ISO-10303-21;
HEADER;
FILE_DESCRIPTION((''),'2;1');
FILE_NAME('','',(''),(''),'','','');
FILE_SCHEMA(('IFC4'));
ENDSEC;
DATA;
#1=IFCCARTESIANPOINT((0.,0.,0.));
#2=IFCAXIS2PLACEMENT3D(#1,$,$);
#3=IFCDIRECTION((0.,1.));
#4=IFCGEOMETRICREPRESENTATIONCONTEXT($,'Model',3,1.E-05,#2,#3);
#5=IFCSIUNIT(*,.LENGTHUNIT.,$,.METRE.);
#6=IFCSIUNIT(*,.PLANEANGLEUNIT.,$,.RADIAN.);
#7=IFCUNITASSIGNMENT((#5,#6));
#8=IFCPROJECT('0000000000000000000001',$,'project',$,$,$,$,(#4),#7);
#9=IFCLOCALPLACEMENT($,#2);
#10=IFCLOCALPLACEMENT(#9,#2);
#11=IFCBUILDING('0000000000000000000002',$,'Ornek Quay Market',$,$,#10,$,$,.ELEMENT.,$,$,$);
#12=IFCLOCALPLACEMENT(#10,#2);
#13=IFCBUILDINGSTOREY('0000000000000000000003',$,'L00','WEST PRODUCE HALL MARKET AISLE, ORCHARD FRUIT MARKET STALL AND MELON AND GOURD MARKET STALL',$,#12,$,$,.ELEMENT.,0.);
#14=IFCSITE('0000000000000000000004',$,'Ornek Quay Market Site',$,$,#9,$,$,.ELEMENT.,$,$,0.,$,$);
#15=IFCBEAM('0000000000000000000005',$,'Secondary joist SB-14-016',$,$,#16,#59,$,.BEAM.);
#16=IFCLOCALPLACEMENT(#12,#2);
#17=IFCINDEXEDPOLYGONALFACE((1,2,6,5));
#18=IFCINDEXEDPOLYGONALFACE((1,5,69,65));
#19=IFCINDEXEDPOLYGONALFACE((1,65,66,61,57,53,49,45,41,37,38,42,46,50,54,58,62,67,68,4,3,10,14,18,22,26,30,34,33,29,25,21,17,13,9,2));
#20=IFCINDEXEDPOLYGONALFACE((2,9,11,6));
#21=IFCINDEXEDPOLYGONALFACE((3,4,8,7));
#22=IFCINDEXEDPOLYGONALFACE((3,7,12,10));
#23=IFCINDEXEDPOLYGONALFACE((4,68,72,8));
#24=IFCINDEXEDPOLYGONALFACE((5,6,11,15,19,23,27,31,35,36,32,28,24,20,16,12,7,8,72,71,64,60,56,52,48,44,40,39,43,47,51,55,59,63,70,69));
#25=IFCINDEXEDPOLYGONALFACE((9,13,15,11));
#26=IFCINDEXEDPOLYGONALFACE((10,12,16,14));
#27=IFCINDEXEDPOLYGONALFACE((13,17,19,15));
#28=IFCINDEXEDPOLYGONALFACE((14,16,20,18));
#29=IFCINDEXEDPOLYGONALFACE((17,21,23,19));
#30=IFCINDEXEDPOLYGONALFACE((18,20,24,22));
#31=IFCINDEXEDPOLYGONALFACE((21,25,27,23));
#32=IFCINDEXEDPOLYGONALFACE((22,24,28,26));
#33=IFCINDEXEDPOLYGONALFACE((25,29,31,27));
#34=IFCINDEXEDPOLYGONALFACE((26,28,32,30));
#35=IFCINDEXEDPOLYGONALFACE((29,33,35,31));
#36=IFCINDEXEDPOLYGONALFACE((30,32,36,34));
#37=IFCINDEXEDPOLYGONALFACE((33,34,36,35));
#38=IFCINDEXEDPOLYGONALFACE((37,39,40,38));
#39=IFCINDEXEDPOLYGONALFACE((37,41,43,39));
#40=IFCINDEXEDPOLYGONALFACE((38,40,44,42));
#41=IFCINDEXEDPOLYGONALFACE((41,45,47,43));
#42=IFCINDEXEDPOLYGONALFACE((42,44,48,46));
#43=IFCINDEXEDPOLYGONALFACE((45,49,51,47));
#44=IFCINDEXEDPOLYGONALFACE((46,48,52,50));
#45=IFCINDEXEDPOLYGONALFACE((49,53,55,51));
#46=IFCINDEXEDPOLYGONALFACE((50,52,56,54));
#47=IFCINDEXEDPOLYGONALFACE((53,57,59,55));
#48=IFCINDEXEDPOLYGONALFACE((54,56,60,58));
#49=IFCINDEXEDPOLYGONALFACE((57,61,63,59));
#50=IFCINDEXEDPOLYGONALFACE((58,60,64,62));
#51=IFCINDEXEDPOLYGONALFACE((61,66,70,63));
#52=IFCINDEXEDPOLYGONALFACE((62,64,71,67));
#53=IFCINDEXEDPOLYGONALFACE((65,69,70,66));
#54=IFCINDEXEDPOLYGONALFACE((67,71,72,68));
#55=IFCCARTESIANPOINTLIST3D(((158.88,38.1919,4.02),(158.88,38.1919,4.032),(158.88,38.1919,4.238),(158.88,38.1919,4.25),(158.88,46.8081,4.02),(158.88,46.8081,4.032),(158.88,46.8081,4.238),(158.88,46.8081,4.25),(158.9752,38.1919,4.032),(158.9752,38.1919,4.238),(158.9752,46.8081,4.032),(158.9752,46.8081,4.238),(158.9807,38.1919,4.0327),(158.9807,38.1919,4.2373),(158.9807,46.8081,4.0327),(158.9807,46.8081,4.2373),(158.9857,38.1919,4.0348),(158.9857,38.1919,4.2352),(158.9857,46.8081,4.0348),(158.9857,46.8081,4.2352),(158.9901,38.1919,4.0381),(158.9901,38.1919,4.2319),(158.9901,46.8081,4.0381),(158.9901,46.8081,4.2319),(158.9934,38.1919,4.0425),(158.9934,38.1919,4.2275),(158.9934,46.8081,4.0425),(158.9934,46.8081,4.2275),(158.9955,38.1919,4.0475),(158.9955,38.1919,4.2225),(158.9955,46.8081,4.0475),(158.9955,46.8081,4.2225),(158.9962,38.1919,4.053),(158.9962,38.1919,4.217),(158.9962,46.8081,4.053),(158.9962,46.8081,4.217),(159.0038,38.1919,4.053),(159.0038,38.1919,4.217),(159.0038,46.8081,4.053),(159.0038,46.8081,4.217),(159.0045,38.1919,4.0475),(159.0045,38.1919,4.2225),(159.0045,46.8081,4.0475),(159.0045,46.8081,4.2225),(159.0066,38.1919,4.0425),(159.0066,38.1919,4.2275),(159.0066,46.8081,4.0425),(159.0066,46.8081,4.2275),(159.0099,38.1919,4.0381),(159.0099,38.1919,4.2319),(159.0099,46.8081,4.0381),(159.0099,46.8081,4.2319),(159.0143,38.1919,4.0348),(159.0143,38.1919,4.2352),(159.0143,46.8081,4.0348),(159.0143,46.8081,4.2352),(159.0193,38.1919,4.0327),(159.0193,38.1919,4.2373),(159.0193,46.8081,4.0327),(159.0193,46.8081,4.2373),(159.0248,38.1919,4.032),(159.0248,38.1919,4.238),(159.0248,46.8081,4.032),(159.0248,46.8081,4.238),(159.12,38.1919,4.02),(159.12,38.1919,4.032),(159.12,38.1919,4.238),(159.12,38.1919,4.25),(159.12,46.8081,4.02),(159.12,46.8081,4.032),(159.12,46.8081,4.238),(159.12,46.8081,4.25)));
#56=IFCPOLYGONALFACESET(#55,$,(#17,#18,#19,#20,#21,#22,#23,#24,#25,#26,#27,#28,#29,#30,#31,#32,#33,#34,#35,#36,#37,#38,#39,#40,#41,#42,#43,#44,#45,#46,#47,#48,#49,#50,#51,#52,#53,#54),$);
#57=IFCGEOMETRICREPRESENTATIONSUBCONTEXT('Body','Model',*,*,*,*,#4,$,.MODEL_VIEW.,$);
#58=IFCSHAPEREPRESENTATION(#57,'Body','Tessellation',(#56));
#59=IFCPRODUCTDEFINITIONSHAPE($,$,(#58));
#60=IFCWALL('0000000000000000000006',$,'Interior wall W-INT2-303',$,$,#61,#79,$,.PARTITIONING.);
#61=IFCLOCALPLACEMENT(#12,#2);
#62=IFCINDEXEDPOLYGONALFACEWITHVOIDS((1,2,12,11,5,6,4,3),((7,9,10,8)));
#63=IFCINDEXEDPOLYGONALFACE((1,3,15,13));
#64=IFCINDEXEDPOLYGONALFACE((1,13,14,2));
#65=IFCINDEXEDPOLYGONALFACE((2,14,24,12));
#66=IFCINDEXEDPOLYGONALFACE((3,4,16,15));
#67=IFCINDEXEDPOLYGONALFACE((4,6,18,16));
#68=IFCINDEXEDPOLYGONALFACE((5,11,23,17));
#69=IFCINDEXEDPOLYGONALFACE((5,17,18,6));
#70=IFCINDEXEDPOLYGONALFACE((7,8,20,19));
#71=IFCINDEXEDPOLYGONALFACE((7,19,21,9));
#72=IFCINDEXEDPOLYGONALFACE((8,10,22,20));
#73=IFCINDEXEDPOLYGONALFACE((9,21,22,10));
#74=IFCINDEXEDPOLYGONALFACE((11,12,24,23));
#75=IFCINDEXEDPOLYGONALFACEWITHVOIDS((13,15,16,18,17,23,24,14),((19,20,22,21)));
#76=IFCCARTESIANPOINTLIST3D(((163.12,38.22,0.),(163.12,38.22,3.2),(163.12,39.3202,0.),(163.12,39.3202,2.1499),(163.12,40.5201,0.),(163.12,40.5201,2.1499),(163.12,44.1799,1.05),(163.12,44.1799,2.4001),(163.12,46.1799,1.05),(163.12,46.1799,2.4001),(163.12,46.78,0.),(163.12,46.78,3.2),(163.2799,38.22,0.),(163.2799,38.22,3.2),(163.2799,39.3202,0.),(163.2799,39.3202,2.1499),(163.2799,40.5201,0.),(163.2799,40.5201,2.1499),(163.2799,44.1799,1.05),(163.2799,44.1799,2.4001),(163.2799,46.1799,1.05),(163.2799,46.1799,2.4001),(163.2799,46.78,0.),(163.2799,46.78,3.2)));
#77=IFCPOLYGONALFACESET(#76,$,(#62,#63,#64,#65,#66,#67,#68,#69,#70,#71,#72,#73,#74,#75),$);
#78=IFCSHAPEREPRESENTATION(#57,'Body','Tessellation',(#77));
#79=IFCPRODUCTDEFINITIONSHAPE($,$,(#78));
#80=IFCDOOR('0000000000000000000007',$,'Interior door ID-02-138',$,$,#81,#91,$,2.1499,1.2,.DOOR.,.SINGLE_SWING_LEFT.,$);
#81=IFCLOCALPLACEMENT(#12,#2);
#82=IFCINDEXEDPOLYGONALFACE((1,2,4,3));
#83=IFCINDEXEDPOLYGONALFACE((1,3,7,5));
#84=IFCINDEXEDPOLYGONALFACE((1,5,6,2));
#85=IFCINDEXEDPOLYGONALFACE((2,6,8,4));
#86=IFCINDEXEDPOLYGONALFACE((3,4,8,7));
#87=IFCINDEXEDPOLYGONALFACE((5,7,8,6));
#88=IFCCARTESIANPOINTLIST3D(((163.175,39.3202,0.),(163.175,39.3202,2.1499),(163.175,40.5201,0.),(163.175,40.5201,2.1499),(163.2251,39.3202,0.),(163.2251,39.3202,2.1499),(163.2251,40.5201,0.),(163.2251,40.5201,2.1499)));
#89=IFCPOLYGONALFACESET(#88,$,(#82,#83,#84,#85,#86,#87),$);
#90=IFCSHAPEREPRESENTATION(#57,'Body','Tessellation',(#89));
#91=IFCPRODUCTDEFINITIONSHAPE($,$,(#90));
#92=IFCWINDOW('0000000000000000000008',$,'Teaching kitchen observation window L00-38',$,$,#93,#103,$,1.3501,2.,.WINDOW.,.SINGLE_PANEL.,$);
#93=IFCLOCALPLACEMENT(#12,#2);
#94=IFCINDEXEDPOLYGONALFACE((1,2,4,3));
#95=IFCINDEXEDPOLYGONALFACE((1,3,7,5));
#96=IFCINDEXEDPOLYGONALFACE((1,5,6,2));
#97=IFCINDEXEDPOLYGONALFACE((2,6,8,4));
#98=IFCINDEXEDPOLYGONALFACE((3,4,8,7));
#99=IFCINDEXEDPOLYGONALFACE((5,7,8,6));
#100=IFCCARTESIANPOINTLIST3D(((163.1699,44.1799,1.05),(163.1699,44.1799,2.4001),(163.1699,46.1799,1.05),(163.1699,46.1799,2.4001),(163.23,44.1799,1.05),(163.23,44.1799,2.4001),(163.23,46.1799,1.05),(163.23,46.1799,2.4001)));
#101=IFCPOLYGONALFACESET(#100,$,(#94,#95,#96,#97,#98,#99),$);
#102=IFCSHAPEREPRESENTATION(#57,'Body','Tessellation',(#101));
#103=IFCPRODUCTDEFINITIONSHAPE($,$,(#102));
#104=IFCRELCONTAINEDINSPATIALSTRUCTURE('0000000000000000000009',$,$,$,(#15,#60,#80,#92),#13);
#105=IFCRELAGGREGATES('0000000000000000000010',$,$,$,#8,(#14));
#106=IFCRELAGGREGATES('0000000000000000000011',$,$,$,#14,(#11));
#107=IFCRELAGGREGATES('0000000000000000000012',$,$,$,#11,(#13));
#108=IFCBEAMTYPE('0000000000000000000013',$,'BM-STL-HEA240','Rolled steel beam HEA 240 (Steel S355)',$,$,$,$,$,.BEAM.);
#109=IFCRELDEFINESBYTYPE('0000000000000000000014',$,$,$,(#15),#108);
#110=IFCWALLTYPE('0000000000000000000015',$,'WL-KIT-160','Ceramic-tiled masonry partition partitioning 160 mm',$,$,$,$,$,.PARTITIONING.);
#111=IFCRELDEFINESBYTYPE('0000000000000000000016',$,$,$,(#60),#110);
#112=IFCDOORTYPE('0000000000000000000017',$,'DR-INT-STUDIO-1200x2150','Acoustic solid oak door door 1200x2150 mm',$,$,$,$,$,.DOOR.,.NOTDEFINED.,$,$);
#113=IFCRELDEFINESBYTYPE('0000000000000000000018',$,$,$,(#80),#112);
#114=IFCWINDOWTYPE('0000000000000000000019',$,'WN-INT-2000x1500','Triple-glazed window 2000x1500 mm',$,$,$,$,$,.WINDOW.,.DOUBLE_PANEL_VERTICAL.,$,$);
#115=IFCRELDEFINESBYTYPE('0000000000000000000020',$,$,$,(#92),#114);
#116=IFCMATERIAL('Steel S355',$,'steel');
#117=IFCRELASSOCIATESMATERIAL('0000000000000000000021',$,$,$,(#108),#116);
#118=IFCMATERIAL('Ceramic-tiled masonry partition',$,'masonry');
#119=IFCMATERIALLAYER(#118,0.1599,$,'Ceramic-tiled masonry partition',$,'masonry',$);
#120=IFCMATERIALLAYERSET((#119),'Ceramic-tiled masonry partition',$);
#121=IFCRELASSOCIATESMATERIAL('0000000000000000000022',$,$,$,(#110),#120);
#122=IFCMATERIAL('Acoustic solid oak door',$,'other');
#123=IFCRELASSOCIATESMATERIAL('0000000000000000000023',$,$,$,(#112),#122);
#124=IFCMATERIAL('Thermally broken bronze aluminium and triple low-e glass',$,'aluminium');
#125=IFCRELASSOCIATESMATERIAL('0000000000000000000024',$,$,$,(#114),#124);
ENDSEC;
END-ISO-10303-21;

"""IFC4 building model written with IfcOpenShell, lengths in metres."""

from ifc_helpers import new_model, si_unit, direction, frame, frame_2d, origin, origin_2d, place, context, subcontext, project, spatial, rectangle, i_section, extrude, material, layer, layer_set, material_profile, profile_set, type_object, element, fill, save


model = new_model("IFC4")

# Units and contexts
model_context = context("Model", 3, precision=1e-05, world=origin(), true_north=direction((0.0, 1.0)))
body_context = subcontext(model_context, "Body", "Model", "MODEL_VIEW")
ifc_project = project(units=[si_unit("LENGTHUNIT", "METRE"), si_unit("PLANEANGLEUNIT", "RADIAN")], contexts=[model_context])

# Site, building, storey
site_placement = place(None, origin())
site = spatial("IfcSite", under=ifc_project, at=site_placement, Name="Ornek Quay Market Site", CompositionType="ELEMENT", RefElevation=0.0)
building_placement = place(site_placement, origin())
building = spatial("IfcBuilding", under=site, at=building_placement, Name="Ornek Quay Market", CompositionType="ELEMENT")
storey_placement = place(building_placement, origin())
storey = spatial("IfcBuildingStorey", under=building, at=storey_placement, Name="L00", Description="WEST PRODUCE HALL MARKET AISLE, ORCHARD FRUIT MARKET STALL AND MELON AND GOURD MARKET STALL", CompositionType="ELEMENT", Elevation=0.0)

# Beam
ifc_material_1 = material(Name="Steel S355", Category="steel")
ifc_material_profile_1 = material_profile(ifc_material_1, i_section(OverallWidth=0.24, OverallDepth=0.23, WebThickness=0.0076, FlangeThickness=0.012, FilletRadius=0.021, at=origin_2d()), Name="HEA 240", Category="steel")
ifc_profile_set_1 = profile_set([ifc_material_profile_1], Name="Steel S355")
beam_type_1 = type_object("IfcBeamType", Name="BM-STL-HEA240", Description="Rolled steel beam HEA 240 (Steel S355)", PredefinedType="BEAM", material=ifc_profile_set_1)
for number, where, z_axis, x_axis, name in (
    (1, (159.0, 38.1919, 4.135), (0.0, 1.0, 0.0), (-1.0, 0.0, 0.0), "Secondary joist SB-14-016"),
):
    element("IfcBeam", number, at=place(storey_placement, frame(where, z_axis=z_axis, x_axis=x_axis)), inside=storey, type_object=beam_type_1, Name=name, PredefinedType="BEAM", context=body_context, shape_type="SweptSolid", body=[
        extrude(i_section(OverallWidth=0.24, OverallDepth=0.23, WebThickness=0.0076, FlangeThickness=0.012, FilletRadius=0.021, at=origin_2d()), origin(), (0.0, 0.0, 1.0), 8.6162),
    ])

# Wall, openings, door, window
ifc_material_2 = material(Name="Ceramic-tiled masonry partition", Category="masonry")
ifc_layer = layer(ifc_material_2, 0.1599, Name="Ceramic-tiled masonry partition", Category="masonry")
ifc_layer_set = layer_set([ifc_layer], Name="Ceramic-tiled masonry partition")
wall_type = type_object("IfcWallType", Name="WL-KIT-160", Description="Ceramic-tiled masonry partition partitioning 160 mm", PredefinedType="PARTITIONING", material=ifc_layer_set)
wall_placement = place(storey_placement, frame((163.2, 38.22, 0.0), z_axis=(0.0, 0.0, 1.0), x_axis=(0.0, 1.0, 0.0)))
wall = element("IfcWall", 2, at=wall_placement, inside=storey, type_object=wall_type, Name="Interior wall W-INT2-303", PredefinedType="PARTITIONING", context=body_context, shape_type="SweptSolid", body=[
    extrude(rectangle(XDim=8.5601, YDim=0.1599, at=frame_2d((4.28, 0.0))), origin(), (0.0, 0.0, 1.0), 3.2),
])
opening_1_placement = place(wall_placement, frame((1.1001, 0.0, 0.0)))
opening_1 = element("IfcOpeningElement", 3, at=opening_1_placement, cuts=wall, PredefinedType="OPENING", context=body_context, shape_type="SweptSolid", body=[
    extrude(rectangle(XDim=1.2, YDim=2.1499, at=frame_2d((0.6001, 1.075))), frame((0.0, 0.0898, 0.0), z_axis=(0.0, -1.0, 0.0), x_axis=(1.0, 0.0, 0.0)), (0.0, 0.0, 1.0), 0.1799),
])
opening_2_placement = place(wall_placement, frame((5.96, 0.0, 1.05)))
opening_2 = element("IfcOpeningElement", 4, at=opening_2_placement, cuts=wall, PredefinedType="OPENING", context=body_context, shape_type="SweptSolid", body=[
    extrude(rectangle(XDim=2.0, YDim=1.3501, at=frame_2d((1.0, 0.675))), frame((0.0, 0.0898, 0.0), z_axis=(0.0, -1.0, 0.0), x_axis=(1.0, 0.0, 0.0)), (0.0, 0.0, 1.0), 0.1799),
])
ifc_material_3 = material(Name="Acoustic solid oak door", Category="other")
door_type = type_object("IfcDoorType", Name="DR-INT-STUDIO-1200x2150", Description="Acoustic solid oak door door 1200x2150 mm", OperationType="NOTDEFINED", PredefinedType="DOOR", material=ifc_material_3)
door_placement = place(opening_1_placement, origin())
door = element("IfcDoor", 5, at=door_placement, inside=storey, type_object=door_type, Name="Interior door ID-02-138", OperationType="SINGLE_SWING_LEFT", OverallHeight=2.1499, OverallWidth=1.2, PredefinedType="DOOR", context=body_context, shape_type="SweptSolid", body=[
    extrude(rectangle(XDim=1.2, YDim=2.1499, at=frame_2d((0.6001, 1.075))), frame((0.0, 0.0249, 0.0), z_axis=(0.0, -1.0, 0.0), x_axis=(1.0, 0.0, 0.0)), (0.0, 0.0, 1.0), 0.05),
])
fill(opening_1, door)
ifc_material_4 = material(Name="Thermally broken bronze aluminium and triple low-e glass", Category="aluminium")
window_type = type_object("IfcWindowType", Name="WN-INT-2000x1500", Description="Triple-glazed window 2000x1500 mm", PartitioningType="DOUBLE_PANEL_VERTICAL", PredefinedType="WINDOW", material=ifc_material_4)
window_placement = place(opening_2_placement, origin())
window = element("IfcWindow", 6, at=window_placement, inside=storey, type_object=window_type, Name="Teaching kitchen observation window L00-38", OverallHeight=1.3501, OverallWidth=2.0, PartitioningType="SINGLE_PANEL", PredefinedType="WINDOW", context=body_context, shape_type="SweptSolid", body=[
    extrude(rectangle(XDim=2.0, YDim=1.3501, at=frame_2d((1.0, 0.675))), frame((0.0, 0.03, 0.0), z_axis=(0.0, -1.0, 0.0), x_axis=(1.0, 0.0, 0.0)), (0.0, 0.0, 1.0), 0.0601),
])
fill(opening_2, window)

save(model, "model.ifc")
